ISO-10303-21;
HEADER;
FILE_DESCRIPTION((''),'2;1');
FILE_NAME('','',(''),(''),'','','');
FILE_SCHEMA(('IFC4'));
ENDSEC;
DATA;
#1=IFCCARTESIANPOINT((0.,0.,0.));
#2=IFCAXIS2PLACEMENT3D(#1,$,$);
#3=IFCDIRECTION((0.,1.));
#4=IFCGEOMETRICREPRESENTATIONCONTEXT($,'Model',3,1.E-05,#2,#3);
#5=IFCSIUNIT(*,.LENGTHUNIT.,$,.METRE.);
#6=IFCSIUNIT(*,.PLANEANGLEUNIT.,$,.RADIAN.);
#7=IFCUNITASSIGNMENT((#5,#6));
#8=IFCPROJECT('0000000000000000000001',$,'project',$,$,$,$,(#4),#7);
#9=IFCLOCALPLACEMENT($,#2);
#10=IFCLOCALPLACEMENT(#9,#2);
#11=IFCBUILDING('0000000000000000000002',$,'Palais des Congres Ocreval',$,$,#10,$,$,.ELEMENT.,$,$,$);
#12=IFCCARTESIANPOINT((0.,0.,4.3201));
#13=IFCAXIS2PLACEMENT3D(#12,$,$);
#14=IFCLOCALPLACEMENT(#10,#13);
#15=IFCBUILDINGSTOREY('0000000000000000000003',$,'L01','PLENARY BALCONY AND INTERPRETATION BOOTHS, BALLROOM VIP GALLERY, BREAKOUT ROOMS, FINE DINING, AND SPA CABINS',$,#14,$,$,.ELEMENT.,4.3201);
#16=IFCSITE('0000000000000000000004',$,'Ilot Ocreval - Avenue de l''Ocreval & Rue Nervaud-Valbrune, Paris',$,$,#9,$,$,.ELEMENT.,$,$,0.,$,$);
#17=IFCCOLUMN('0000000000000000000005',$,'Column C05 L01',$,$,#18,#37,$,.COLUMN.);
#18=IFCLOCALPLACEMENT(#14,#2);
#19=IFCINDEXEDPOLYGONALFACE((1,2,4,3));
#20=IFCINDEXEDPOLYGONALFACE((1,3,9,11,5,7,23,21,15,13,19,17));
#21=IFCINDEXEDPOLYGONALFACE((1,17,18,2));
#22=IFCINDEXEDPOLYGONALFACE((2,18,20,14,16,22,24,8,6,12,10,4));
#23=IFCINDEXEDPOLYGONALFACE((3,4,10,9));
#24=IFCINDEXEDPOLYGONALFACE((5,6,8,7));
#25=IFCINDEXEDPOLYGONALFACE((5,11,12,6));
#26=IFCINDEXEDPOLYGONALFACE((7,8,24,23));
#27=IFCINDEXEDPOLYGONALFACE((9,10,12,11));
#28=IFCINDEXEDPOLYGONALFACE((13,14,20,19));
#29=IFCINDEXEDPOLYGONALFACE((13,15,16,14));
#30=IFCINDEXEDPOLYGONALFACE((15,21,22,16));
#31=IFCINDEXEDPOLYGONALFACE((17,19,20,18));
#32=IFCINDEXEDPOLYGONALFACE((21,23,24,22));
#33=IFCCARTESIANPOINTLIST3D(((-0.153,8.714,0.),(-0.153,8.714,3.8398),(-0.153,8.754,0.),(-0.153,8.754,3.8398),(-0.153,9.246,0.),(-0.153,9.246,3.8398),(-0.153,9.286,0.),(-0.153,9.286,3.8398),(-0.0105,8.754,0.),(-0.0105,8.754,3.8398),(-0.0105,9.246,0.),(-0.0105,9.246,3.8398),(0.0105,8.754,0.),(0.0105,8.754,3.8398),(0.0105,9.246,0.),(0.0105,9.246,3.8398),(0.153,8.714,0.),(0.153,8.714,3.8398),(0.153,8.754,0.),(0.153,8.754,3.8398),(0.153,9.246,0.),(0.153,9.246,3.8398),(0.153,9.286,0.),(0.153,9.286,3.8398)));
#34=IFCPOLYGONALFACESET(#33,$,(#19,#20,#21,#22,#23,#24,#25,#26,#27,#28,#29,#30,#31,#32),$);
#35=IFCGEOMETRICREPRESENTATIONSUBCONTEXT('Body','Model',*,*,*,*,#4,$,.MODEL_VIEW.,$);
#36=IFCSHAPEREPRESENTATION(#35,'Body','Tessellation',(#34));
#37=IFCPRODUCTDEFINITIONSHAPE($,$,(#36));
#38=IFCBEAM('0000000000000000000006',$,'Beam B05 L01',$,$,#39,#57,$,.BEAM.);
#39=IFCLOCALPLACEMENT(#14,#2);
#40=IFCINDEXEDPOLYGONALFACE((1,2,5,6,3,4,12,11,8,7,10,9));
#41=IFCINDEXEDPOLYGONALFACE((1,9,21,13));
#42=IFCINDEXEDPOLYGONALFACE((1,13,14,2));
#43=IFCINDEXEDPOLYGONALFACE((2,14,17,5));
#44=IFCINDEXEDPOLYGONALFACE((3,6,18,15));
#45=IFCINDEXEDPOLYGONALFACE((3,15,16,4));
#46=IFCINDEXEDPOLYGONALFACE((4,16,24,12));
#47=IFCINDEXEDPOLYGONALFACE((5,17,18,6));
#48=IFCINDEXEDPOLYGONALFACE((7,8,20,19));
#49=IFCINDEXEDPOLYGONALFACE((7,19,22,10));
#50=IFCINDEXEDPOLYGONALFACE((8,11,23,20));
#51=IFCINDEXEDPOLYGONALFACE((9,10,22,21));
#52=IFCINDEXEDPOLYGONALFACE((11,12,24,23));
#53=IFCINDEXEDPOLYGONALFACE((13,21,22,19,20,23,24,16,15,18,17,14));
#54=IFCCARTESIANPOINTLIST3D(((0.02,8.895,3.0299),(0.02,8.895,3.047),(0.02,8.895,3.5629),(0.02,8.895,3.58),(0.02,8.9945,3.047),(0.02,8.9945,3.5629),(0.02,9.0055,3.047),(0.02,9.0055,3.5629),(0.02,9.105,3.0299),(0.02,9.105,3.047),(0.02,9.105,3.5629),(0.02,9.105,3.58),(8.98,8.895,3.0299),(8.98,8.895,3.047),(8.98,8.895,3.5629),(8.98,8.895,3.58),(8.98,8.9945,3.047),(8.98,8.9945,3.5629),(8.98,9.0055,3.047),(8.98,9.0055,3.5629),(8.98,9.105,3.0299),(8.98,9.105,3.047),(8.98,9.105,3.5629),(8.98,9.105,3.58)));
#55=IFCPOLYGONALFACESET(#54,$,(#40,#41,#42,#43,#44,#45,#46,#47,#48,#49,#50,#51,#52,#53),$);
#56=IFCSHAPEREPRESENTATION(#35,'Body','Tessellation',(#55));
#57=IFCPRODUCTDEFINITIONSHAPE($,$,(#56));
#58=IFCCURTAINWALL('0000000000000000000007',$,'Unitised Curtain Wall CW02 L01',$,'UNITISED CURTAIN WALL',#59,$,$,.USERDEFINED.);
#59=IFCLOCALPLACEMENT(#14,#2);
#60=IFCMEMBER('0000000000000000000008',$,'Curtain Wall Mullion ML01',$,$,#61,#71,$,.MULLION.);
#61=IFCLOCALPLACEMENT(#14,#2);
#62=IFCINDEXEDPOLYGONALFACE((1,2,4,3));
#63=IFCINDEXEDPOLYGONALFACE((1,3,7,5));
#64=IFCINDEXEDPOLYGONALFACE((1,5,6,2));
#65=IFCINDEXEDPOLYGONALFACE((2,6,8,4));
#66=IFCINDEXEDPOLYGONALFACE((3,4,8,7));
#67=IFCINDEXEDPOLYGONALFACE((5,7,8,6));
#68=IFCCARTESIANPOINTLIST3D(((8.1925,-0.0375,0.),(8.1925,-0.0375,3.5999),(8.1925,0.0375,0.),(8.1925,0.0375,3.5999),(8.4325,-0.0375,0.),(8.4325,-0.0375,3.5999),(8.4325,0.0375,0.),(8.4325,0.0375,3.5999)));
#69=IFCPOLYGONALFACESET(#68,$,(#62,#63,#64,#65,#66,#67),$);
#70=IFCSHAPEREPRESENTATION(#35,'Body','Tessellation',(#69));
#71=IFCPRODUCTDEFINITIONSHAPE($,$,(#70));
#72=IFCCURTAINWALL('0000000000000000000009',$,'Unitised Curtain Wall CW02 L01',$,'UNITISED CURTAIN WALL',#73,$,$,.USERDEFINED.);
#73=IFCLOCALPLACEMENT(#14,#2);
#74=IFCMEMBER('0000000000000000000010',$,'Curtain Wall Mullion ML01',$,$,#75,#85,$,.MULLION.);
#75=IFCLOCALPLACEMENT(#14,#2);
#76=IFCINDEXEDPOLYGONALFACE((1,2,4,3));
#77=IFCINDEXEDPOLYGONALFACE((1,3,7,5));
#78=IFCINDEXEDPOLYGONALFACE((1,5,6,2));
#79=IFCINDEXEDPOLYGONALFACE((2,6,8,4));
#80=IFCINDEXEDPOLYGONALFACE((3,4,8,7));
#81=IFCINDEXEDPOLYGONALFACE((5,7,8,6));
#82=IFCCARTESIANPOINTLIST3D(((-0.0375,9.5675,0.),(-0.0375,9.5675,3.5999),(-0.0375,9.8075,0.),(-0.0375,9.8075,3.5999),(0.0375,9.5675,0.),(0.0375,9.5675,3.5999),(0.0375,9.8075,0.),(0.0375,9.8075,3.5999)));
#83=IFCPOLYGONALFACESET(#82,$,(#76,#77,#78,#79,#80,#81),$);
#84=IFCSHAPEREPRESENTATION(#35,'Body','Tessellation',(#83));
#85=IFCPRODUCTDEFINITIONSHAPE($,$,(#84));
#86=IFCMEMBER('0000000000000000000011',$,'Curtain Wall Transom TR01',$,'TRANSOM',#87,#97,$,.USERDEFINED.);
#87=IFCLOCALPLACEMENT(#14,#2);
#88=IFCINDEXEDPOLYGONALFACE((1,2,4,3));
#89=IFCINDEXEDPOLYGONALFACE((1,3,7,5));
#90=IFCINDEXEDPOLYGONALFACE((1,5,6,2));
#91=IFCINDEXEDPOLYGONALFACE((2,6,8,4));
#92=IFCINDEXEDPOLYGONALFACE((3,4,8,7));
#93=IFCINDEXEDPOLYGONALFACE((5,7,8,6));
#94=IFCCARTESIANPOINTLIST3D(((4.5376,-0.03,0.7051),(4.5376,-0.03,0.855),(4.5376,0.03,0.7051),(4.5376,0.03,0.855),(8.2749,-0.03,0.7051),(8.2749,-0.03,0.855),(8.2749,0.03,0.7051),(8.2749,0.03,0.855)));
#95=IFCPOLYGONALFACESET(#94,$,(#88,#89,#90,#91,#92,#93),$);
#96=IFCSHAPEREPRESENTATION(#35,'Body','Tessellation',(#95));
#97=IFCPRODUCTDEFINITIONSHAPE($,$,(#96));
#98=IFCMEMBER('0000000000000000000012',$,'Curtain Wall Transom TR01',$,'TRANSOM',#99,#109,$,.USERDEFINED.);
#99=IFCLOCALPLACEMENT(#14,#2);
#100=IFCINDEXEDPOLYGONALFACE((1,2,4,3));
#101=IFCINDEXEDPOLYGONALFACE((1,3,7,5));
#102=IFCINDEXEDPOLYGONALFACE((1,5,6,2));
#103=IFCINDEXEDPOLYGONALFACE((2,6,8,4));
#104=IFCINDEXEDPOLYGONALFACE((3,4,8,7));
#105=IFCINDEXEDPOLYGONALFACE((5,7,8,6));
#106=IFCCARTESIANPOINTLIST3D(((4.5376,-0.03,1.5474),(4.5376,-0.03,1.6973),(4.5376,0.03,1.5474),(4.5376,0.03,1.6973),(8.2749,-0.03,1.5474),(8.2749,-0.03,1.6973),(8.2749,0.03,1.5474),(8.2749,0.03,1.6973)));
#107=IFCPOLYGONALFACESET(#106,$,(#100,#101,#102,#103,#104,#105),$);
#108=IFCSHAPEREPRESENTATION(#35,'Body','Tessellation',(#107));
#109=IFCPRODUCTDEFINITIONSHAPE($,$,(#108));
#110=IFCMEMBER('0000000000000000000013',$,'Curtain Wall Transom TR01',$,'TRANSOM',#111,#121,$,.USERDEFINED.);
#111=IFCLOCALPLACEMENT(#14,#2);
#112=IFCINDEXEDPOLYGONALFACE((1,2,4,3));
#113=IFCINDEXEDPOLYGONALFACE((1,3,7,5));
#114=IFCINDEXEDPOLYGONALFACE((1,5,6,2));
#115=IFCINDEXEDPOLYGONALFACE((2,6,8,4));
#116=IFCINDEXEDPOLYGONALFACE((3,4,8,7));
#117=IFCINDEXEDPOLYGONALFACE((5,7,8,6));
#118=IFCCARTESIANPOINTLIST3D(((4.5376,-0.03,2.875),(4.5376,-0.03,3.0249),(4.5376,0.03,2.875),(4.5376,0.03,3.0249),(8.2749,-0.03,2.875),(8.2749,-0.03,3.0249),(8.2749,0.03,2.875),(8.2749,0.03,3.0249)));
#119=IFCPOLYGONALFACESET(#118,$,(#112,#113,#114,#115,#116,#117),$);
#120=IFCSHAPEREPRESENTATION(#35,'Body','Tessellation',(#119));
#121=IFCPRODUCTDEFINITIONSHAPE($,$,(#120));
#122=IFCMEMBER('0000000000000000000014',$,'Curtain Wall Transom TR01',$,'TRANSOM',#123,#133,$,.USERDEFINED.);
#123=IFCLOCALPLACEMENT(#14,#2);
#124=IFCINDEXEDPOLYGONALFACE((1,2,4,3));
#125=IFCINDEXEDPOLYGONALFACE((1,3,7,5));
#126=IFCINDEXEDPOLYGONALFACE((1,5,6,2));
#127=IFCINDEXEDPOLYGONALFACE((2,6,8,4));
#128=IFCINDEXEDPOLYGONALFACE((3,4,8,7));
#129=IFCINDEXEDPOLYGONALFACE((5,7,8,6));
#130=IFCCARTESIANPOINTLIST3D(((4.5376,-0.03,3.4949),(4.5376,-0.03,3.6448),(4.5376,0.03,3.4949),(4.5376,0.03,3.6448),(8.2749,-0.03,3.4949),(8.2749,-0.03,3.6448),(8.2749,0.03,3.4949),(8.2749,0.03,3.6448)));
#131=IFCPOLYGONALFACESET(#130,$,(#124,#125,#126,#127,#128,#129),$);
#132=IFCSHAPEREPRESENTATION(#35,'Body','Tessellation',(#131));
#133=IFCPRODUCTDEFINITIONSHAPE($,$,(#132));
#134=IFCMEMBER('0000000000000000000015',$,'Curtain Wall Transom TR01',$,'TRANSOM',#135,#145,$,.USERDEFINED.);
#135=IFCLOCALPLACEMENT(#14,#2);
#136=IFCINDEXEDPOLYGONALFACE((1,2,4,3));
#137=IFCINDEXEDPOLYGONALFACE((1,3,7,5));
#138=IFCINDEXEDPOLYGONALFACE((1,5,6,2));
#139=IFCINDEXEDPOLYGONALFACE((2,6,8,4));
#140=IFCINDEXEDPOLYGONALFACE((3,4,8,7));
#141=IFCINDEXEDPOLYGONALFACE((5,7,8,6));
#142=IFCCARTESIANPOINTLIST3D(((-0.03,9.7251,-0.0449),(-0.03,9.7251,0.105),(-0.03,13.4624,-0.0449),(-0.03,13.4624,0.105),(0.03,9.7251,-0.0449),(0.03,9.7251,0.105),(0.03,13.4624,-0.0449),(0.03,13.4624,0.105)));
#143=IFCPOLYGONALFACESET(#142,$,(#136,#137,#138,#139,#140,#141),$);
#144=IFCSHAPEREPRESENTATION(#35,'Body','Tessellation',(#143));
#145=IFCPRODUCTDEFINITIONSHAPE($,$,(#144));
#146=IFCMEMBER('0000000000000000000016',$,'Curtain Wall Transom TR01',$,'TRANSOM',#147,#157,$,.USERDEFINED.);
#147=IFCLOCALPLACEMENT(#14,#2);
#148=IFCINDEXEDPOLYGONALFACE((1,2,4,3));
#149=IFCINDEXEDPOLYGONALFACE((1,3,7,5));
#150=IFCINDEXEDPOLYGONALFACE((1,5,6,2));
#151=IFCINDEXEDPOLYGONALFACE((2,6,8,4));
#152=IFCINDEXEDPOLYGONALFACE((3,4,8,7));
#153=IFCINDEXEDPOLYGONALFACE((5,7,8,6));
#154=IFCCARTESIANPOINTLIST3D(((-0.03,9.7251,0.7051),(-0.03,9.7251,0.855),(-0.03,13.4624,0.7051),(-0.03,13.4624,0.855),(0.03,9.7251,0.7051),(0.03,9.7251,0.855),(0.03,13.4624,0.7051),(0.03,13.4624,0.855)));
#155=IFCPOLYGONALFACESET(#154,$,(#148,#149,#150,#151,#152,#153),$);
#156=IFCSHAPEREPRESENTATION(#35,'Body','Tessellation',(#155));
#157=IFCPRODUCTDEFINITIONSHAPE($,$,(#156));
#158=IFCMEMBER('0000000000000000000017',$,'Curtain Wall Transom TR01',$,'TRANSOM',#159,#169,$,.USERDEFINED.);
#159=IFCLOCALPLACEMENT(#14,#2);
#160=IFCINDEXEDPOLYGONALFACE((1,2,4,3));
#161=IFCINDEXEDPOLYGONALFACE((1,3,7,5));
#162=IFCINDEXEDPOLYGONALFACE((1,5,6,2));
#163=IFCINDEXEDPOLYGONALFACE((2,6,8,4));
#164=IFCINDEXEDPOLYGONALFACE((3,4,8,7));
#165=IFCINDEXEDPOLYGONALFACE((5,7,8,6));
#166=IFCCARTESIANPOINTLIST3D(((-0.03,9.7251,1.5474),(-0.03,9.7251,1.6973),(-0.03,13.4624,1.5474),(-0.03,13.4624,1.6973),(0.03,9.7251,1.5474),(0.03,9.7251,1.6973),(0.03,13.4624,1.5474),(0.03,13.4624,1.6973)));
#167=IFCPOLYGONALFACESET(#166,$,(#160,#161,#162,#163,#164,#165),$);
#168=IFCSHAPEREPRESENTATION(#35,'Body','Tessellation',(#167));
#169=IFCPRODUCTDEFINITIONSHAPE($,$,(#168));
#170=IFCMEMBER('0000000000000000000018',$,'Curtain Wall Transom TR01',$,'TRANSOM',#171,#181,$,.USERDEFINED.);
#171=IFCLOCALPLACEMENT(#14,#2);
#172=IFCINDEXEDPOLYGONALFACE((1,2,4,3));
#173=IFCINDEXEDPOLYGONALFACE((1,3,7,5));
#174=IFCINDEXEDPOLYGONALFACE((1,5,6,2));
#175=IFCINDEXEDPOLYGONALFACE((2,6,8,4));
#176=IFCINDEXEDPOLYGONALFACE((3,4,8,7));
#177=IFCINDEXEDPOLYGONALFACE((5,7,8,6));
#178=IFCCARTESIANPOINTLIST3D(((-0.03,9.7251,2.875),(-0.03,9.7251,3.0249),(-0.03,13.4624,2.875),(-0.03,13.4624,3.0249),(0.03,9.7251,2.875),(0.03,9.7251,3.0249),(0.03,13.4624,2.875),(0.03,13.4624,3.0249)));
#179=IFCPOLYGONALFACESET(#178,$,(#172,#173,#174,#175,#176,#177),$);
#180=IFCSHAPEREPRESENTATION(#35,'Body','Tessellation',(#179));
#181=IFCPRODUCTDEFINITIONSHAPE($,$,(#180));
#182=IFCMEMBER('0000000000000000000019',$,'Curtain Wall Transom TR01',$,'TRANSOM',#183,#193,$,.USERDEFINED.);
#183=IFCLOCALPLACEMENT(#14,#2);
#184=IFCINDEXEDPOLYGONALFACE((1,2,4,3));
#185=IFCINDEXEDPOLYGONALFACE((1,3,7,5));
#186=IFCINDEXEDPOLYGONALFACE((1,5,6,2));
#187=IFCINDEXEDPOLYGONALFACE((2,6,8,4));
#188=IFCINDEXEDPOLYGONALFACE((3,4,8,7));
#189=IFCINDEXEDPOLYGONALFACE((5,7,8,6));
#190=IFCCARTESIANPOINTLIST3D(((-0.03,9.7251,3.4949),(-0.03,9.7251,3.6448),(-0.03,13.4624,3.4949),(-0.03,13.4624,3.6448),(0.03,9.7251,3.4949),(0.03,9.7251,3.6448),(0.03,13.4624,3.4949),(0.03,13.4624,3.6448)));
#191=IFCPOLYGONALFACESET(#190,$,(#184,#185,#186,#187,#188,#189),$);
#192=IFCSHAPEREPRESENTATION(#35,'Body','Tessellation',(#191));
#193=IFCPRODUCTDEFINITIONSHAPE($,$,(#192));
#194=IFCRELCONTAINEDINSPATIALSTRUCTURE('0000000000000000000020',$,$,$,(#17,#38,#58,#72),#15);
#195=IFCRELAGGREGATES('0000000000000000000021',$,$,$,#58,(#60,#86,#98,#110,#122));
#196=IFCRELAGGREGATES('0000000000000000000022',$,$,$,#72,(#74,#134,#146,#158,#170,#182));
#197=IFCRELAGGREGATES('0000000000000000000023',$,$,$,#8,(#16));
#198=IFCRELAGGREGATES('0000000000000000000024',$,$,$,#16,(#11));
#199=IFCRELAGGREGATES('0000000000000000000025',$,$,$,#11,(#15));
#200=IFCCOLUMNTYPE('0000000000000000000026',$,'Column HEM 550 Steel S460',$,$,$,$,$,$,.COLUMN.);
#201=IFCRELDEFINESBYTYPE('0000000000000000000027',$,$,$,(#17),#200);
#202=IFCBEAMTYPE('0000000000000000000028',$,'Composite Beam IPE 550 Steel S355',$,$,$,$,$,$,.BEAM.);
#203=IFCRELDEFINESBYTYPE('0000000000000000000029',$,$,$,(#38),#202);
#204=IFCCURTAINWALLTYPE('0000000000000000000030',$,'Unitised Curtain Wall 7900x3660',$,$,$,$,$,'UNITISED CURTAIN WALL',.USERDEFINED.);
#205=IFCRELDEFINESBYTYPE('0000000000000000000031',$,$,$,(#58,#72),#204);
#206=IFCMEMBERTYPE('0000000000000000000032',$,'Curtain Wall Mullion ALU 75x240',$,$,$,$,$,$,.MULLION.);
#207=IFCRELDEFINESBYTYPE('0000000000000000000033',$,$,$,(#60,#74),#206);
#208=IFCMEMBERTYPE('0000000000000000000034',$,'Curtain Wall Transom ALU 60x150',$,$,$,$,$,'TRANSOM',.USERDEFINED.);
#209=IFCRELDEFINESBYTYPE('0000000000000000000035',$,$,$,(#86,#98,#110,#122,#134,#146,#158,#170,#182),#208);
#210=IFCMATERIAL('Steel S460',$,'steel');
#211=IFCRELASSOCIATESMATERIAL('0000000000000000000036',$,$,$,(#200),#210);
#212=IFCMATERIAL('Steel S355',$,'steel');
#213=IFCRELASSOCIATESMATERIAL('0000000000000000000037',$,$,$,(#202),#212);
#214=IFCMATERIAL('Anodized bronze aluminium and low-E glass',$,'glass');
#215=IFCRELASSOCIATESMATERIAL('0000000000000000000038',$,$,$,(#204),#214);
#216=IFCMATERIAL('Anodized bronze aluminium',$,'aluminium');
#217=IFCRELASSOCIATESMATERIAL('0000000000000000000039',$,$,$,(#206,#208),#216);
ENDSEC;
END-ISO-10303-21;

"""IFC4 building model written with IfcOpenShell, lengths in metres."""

from ifc_helpers import new_model, si_unit, direction, frame, origin, origin_2d, place, context, subcontext, project, spatial, rectangle, i_section, extrude, material, material_profile, profile_set, type_object, element, aggregate, save


model = new_model("IFC4")

# Units and contexts
model_context = context("Model", 3, precision=1e-05, world=origin(), true_north=direction((0.0, 1.0)))
body_context = subcontext(model_context, "Body", "Model", "MODEL_VIEW")
ifc_project = project(units=[si_unit("LENGTHUNIT", "METRE"), si_unit("PLANEANGLEUNIT", "RADIAN")], contexts=[model_context])

# Site, building, storey
site_placement = place(None, origin())
site = spatial("IfcSite", under=ifc_project, at=site_placement, Name="Ilot Ocreval - Avenue de l'Ocreval & Rue Nervaud-Valbrune, Paris", CompositionType="ELEMENT", RefElevation=0.0)
building_placement = place(site_placement, origin())
building = spatial("IfcBuilding", under=site, at=building_placement, Name="Palais des Congres Ocreval", CompositionType="ELEMENT")
storey_placement = place(building_placement, frame((0.0, 0.0, 4.3201)))
storey = spatial("IfcBuildingStorey", under=building, at=storey_placement, Name="L01", Description="PLENARY BALCONY AND INTERPRETATION BOOTHS, BALLROOM VIP GALLERY, BREAKOUT ROOMS, FINE DINING, AND SPA CABINS", CompositionType="ELEMENT", Elevation=4.3201)

# Column
ifc_material_1 = material(Name="Steel S460", Category="steel")
ifc_material_profile_1 = material_profile(ifc_material_1, i_section(OverallWidth=0.3059, OverallDepth=0.572, WebThickness=0.021, FlangeThickness=0.04, at=origin_2d()), Name="HEM 550")
ifc_profile_set_1 = profile_set([ifc_material_profile_1], Name="Steel S460")
column_type = type_object("IfcColumnType", Name="Column HEM 550 Steel S460", PredefinedType="COLUMN", material=ifc_profile_set_1)
column_placement = place(storey_placement, frame((0.0, 9.0, 0.0), z_axis=(0.0, 0.0, 1.0), x_axis=(1.0, 0.0, 0.0)))
element("IfcColumn", 1, at=column_placement, inside=storey, type_object=column_type, Name="Column C05 L01", PredefinedType="COLUMN", context=body_context, shape_type="SweptSolid", body=[
    extrude(i_section(OverallWidth=0.3059, OverallDepth=0.572, WebThickness=0.021, FlangeThickness=0.04, at=origin_2d()), origin(), (0.0, 0.0, 1.0), 3.8398),
])

# Beam
ifc_material_2 = material(Name="Steel S355", Category="steel")
ifc_material_profile_2 = material_profile(ifc_material_2, i_section(OverallWidth=0.21, OverallDepth=0.55, WebThickness=0.011, FlangeThickness=0.0171, at=origin_2d()), Name="IPE 550")
ifc_profile_set_2 = profile_set([ifc_material_profile_2], Name="Steel S355")
beam_type_1 = type_object("IfcBeamType", Name="Composite Beam IPE 550 Steel S355", PredefinedType="BEAM", material=ifc_profile_set_2)
beam_1_placement = place(storey_placement, frame((0.02, 9.0, 3.3049), z_axis=(1.0, 0.0, 0.0), x_axis=(0.0, 1.0, 0.0)))
element("IfcBeam", 2, at=beam_1_placement, inside=storey, type_object=beam_type_1, Name="Beam B05 L01", PredefinedType="BEAM", context=body_context, shape_type="SweptSolid", body=[
    extrude(i_section(OverallWidth=0.21, OverallDepth=0.55, WebThickness=0.011, FlangeThickness=0.0171, at=origin_2d()), origin(), (0.0, 0.0, 1.0), 8.96),
])

# Curtain walls, members
ifc_material_3 = material(Name="Anodized bronze aluminium and low-E glass", Category="glass")
curtain_wall_type = type_object("IfcCurtainWallType", Name="Unitised Curtain Wall 7900x3660", ElementType="UNITISED CURTAIN WALL", PredefinedType="USERDEFINED", material=ifc_material_3)
curtain_wall_1_placement = place(storey_placement, origin())
curtain_wall_1 = element("IfcCurtainWall", 3, at=curtain_wall_1_placement, inside=storey, type_object=curtain_wall_type, Name="Unitised Curtain Wall CW02 L01", ObjectType="UNITISED CURTAIN WALL", PredefinedType="USERDEFINED")
ifc_material_4 = material(Name="Anodized bronze aluminium", Category="aluminium")
ifc_material_profile_3 = material_profile(ifc_material_4, rectangle(XDim=0.075, YDim=0.24, at=origin_2d()), Name="ALU 75x240")
ifc_profile_set_3 = profile_set([ifc_material_profile_3], Name="Anodized bronze aluminium")
member_type_1 = type_object("IfcMemberType", Name="Curtain Wall Mullion ALU 75x240", PredefinedType="MULLION", material=ifc_profile_set_3)
member_1_placement = place(storey_placement, frame((8.3125, 0.0, 0.0), z_axis=(0.0, 0.0, 1.0), x_axis=(0.0, -1.0, 0.0)))
member_1 = element("IfcMember", 4, at=member_1_placement, type_object=member_type_1, Name="Curtain Wall Mullion ML01", PredefinedType="MULLION", context=body_context, shape_type="SweptSolid", body=[
    extrude(rectangle(XDim=0.075, YDim=0.24, at=origin_2d()), origin(), (0.0, 0.0, 1.0), 3.5999),
])
curtain_wall_2_placement = place(storey_placement, origin())
curtain_wall_2 = element("IfcCurtainWall", 5, at=curtain_wall_2_placement, inside=storey, type_object=curtain_wall_type, Name="Unitised Curtain Wall CW02 L01", ObjectType="UNITISED CURTAIN WALL", PredefinedType="USERDEFINED")
member_2_placement = place(storey_placement, frame((0.0, 9.6875, 0.0), z_axis=(0.0, 0.0, 1.0), x_axis=(-1.0, 0.0, 0.0)))
member_2 = element("IfcMember", 6, at=member_2_placement, type_object=member_type_1, Name="Curtain Wall Mullion ML01", PredefinedType="MULLION", context=body_context, shape_type="SweptSolid", body=[
    extrude(rectangle(XDim=0.075, YDim=0.24, at=origin_2d()), origin(), (0.0, 0.0, 1.0), 3.5999),
])

# Members
ifc_material_profile_4 = material_profile(ifc_material_4, rectangle(XDim=0.0601, YDim=0.1499, at=origin_2d()), Name="ALU 60x150")
ifc_profile_set_4 = profile_set([ifc_material_profile_4], Name="Anodized bronze aluminium")
member_type_2 = type_object("IfcMemberType", Name="Curtain Wall Transom ALU 60x150", ElementType="TRANSOM", PredefinedType="USERDEFINED", material=ifc_profile_set_4)
member_3_placement = place(storey_placement, frame((8.2749, 0.0, 0.78), z_axis=(-1.0, 0.0, 0.0), x_axis=(0.0, -1.0, 0.0)))
member_3 = element("IfcMember", 7, at=member_3_placement, type_object=member_type_2, Name="Curtain Wall Transom TR01", ObjectType="TRANSOM", PredefinedType="USERDEFINED", context=body_context, shape_type="SweptSolid", body=[
    extrude(rectangle(XDim=0.0601, YDim=0.1499, at=origin_2d()), origin(), (0.0, 0.0, 1.0), 3.7373),
])
member_4_placement = place(storey_placement, frame((8.2749, 0.0, 1.6223), z_axis=(-1.0, 0.0, 0.0), x_axis=(0.0, -1.0, 0.0)))
member_4 = element("IfcMember", 8, at=member_4_placement, type_object=member_type_2, Name="Curtain Wall Transom TR01", ObjectType="TRANSOM", PredefinedType="USERDEFINED", context=body_context, shape_type="SweptSolid", body=[
    extrude(rectangle(XDim=0.0601, YDim=0.1499, at=origin_2d()), origin(), (0.0, 0.0, 1.0), 3.7373),
])
member_5_placement = place(storey_placement, frame((8.2749, 0.0, 2.95), z_axis=(-1.0, 0.0, 0.0), x_axis=(0.0, -1.0, 0.0)))
member_5 = element("IfcMember", 9, at=member_5_placement, type_object=member_type_2, Name="Curtain Wall Transom TR01", ObjectType="TRANSOM", PredefinedType="USERDEFINED", context=body_context, shape_type="SweptSolid", body=[
    extrude(rectangle(XDim=0.0601, YDim=0.1499, at=origin_2d()), origin(), (0.0, 0.0, 1.0), 3.7373),
])
member_6_placement = place(storey_placement, frame((8.2749, 0.0, 3.5698), z_axis=(-1.0, 0.0, 0.0), x_axis=(0.0, -1.0, 0.0)))
member_6 = element("IfcMember", 10, at=member_6_placement, type_object=member_type_2, Name="Curtain Wall Transom TR01", ObjectType="TRANSOM", PredefinedType="USERDEFINED", context=body_context, shape_type="SweptSolid", body=[
    extrude(rectangle(XDim=0.0601, YDim=0.1499, at=origin_2d()), origin(), (0.0, 0.0, 1.0), 3.7373),
])
aggregate(curtain_wall_1, [member_1, member_3, member_4, member_5, member_6])
member_7_placement = place(storey_placement, frame((0.0, 9.7251, 0.03), z_axis=(0.0, 1.0, 0.0), x_axis=(-1.0, 0.0, 0.0)))
member_7 = element("IfcMember", 11, at=member_7_placement, type_object=member_type_2, Name="Curtain Wall Transom TR01", ObjectType="TRANSOM", PredefinedType="USERDEFINED", context=body_context, shape_type="SweptSolid", body=[
    extrude(rectangle(XDim=0.0601, YDim=0.1499, at=origin_2d()), origin(), (0.0, 0.0, 1.0), 3.7373),
])
member_8_placement = place(storey_placement, frame((0.0, 9.7251, 0.78), z_axis=(0.0, 1.0, 0.0), x_axis=(-1.0, 0.0, 0.0)))
member_8 = element("IfcMember", 12, at=member_8_placement, type_object=member_type_2, Name="Curtain Wall Transom TR01", ObjectType="TRANSOM", PredefinedType="USERDEFINED", context=body_context, shape_type="SweptSolid", body=[
    extrude(rectangle(XDim=0.0601, YDim=0.1499, at=origin_2d()), origin(), (0.0, 0.0, 1.0), 3.7373),
])
member_9_placement = place(storey_placement, frame((0.0, 9.7251, 1.6223), z_axis=(0.0, 1.0, 0.0), x_axis=(-1.0, 0.0, 0.0)))
member_9 = element("IfcMember", 13, at=member_9_placement, type_object=member_type_2, Name="Curtain Wall Transom TR01", ObjectType="TRANSOM", PredefinedType="USERDEFINED", context=body_context, shape_type="SweptSolid", body=[
    extrude(rectangle(XDim=0.0601, YDim=0.1499, at=origin_2d()), origin(), (0.0, 0.0, 1.0), 3.7373),
])
member_10_placement = place(storey_placement, frame((0.0, 9.7251, 2.95), z_axis=(0.0, 1.0, 0.0), x_axis=(-1.0, 0.0, 0.0)))
member_10 = element("IfcMember", 14, at=member_10_placement, type_object=member_type_2, Name="Curtain Wall Transom TR01", ObjectType="TRANSOM", PredefinedType="USERDEFINED", context=body_context, shape_type="SweptSolid", body=[
    extrude(rectangle(XDim=0.0601, YDim=0.1499, at=origin_2d()), origin(), (0.0, 0.0, 1.0), 3.7373),
])
member_11_placement = place(storey_placement, frame((0.0, 9.7251, 3.5698), z_axis=(0.0, 1.0, 0.0), x_axis=(-1.0, 0.0, 0.0)))
member_11 = element("IfcMember", 15, at=member_11_placement, type_object=member_type_2, Name="Curtain Wall Transom TR01", ObjectType="TRANSOM", PredefinedType="USERDEFINED", context=body_context, shape_type="SweptSolid", body=[
    extrude(rectangle(XDim=0.0601, YDim=0.1499, at=origin_2d()), origin(), (0.0, 0.0, 1.0), 3.7373),
])

aggregate(curtain_wall_2, [member_2, member_7, member_8, member_9, member_10, member_11])

save(model, "model.ifc")
